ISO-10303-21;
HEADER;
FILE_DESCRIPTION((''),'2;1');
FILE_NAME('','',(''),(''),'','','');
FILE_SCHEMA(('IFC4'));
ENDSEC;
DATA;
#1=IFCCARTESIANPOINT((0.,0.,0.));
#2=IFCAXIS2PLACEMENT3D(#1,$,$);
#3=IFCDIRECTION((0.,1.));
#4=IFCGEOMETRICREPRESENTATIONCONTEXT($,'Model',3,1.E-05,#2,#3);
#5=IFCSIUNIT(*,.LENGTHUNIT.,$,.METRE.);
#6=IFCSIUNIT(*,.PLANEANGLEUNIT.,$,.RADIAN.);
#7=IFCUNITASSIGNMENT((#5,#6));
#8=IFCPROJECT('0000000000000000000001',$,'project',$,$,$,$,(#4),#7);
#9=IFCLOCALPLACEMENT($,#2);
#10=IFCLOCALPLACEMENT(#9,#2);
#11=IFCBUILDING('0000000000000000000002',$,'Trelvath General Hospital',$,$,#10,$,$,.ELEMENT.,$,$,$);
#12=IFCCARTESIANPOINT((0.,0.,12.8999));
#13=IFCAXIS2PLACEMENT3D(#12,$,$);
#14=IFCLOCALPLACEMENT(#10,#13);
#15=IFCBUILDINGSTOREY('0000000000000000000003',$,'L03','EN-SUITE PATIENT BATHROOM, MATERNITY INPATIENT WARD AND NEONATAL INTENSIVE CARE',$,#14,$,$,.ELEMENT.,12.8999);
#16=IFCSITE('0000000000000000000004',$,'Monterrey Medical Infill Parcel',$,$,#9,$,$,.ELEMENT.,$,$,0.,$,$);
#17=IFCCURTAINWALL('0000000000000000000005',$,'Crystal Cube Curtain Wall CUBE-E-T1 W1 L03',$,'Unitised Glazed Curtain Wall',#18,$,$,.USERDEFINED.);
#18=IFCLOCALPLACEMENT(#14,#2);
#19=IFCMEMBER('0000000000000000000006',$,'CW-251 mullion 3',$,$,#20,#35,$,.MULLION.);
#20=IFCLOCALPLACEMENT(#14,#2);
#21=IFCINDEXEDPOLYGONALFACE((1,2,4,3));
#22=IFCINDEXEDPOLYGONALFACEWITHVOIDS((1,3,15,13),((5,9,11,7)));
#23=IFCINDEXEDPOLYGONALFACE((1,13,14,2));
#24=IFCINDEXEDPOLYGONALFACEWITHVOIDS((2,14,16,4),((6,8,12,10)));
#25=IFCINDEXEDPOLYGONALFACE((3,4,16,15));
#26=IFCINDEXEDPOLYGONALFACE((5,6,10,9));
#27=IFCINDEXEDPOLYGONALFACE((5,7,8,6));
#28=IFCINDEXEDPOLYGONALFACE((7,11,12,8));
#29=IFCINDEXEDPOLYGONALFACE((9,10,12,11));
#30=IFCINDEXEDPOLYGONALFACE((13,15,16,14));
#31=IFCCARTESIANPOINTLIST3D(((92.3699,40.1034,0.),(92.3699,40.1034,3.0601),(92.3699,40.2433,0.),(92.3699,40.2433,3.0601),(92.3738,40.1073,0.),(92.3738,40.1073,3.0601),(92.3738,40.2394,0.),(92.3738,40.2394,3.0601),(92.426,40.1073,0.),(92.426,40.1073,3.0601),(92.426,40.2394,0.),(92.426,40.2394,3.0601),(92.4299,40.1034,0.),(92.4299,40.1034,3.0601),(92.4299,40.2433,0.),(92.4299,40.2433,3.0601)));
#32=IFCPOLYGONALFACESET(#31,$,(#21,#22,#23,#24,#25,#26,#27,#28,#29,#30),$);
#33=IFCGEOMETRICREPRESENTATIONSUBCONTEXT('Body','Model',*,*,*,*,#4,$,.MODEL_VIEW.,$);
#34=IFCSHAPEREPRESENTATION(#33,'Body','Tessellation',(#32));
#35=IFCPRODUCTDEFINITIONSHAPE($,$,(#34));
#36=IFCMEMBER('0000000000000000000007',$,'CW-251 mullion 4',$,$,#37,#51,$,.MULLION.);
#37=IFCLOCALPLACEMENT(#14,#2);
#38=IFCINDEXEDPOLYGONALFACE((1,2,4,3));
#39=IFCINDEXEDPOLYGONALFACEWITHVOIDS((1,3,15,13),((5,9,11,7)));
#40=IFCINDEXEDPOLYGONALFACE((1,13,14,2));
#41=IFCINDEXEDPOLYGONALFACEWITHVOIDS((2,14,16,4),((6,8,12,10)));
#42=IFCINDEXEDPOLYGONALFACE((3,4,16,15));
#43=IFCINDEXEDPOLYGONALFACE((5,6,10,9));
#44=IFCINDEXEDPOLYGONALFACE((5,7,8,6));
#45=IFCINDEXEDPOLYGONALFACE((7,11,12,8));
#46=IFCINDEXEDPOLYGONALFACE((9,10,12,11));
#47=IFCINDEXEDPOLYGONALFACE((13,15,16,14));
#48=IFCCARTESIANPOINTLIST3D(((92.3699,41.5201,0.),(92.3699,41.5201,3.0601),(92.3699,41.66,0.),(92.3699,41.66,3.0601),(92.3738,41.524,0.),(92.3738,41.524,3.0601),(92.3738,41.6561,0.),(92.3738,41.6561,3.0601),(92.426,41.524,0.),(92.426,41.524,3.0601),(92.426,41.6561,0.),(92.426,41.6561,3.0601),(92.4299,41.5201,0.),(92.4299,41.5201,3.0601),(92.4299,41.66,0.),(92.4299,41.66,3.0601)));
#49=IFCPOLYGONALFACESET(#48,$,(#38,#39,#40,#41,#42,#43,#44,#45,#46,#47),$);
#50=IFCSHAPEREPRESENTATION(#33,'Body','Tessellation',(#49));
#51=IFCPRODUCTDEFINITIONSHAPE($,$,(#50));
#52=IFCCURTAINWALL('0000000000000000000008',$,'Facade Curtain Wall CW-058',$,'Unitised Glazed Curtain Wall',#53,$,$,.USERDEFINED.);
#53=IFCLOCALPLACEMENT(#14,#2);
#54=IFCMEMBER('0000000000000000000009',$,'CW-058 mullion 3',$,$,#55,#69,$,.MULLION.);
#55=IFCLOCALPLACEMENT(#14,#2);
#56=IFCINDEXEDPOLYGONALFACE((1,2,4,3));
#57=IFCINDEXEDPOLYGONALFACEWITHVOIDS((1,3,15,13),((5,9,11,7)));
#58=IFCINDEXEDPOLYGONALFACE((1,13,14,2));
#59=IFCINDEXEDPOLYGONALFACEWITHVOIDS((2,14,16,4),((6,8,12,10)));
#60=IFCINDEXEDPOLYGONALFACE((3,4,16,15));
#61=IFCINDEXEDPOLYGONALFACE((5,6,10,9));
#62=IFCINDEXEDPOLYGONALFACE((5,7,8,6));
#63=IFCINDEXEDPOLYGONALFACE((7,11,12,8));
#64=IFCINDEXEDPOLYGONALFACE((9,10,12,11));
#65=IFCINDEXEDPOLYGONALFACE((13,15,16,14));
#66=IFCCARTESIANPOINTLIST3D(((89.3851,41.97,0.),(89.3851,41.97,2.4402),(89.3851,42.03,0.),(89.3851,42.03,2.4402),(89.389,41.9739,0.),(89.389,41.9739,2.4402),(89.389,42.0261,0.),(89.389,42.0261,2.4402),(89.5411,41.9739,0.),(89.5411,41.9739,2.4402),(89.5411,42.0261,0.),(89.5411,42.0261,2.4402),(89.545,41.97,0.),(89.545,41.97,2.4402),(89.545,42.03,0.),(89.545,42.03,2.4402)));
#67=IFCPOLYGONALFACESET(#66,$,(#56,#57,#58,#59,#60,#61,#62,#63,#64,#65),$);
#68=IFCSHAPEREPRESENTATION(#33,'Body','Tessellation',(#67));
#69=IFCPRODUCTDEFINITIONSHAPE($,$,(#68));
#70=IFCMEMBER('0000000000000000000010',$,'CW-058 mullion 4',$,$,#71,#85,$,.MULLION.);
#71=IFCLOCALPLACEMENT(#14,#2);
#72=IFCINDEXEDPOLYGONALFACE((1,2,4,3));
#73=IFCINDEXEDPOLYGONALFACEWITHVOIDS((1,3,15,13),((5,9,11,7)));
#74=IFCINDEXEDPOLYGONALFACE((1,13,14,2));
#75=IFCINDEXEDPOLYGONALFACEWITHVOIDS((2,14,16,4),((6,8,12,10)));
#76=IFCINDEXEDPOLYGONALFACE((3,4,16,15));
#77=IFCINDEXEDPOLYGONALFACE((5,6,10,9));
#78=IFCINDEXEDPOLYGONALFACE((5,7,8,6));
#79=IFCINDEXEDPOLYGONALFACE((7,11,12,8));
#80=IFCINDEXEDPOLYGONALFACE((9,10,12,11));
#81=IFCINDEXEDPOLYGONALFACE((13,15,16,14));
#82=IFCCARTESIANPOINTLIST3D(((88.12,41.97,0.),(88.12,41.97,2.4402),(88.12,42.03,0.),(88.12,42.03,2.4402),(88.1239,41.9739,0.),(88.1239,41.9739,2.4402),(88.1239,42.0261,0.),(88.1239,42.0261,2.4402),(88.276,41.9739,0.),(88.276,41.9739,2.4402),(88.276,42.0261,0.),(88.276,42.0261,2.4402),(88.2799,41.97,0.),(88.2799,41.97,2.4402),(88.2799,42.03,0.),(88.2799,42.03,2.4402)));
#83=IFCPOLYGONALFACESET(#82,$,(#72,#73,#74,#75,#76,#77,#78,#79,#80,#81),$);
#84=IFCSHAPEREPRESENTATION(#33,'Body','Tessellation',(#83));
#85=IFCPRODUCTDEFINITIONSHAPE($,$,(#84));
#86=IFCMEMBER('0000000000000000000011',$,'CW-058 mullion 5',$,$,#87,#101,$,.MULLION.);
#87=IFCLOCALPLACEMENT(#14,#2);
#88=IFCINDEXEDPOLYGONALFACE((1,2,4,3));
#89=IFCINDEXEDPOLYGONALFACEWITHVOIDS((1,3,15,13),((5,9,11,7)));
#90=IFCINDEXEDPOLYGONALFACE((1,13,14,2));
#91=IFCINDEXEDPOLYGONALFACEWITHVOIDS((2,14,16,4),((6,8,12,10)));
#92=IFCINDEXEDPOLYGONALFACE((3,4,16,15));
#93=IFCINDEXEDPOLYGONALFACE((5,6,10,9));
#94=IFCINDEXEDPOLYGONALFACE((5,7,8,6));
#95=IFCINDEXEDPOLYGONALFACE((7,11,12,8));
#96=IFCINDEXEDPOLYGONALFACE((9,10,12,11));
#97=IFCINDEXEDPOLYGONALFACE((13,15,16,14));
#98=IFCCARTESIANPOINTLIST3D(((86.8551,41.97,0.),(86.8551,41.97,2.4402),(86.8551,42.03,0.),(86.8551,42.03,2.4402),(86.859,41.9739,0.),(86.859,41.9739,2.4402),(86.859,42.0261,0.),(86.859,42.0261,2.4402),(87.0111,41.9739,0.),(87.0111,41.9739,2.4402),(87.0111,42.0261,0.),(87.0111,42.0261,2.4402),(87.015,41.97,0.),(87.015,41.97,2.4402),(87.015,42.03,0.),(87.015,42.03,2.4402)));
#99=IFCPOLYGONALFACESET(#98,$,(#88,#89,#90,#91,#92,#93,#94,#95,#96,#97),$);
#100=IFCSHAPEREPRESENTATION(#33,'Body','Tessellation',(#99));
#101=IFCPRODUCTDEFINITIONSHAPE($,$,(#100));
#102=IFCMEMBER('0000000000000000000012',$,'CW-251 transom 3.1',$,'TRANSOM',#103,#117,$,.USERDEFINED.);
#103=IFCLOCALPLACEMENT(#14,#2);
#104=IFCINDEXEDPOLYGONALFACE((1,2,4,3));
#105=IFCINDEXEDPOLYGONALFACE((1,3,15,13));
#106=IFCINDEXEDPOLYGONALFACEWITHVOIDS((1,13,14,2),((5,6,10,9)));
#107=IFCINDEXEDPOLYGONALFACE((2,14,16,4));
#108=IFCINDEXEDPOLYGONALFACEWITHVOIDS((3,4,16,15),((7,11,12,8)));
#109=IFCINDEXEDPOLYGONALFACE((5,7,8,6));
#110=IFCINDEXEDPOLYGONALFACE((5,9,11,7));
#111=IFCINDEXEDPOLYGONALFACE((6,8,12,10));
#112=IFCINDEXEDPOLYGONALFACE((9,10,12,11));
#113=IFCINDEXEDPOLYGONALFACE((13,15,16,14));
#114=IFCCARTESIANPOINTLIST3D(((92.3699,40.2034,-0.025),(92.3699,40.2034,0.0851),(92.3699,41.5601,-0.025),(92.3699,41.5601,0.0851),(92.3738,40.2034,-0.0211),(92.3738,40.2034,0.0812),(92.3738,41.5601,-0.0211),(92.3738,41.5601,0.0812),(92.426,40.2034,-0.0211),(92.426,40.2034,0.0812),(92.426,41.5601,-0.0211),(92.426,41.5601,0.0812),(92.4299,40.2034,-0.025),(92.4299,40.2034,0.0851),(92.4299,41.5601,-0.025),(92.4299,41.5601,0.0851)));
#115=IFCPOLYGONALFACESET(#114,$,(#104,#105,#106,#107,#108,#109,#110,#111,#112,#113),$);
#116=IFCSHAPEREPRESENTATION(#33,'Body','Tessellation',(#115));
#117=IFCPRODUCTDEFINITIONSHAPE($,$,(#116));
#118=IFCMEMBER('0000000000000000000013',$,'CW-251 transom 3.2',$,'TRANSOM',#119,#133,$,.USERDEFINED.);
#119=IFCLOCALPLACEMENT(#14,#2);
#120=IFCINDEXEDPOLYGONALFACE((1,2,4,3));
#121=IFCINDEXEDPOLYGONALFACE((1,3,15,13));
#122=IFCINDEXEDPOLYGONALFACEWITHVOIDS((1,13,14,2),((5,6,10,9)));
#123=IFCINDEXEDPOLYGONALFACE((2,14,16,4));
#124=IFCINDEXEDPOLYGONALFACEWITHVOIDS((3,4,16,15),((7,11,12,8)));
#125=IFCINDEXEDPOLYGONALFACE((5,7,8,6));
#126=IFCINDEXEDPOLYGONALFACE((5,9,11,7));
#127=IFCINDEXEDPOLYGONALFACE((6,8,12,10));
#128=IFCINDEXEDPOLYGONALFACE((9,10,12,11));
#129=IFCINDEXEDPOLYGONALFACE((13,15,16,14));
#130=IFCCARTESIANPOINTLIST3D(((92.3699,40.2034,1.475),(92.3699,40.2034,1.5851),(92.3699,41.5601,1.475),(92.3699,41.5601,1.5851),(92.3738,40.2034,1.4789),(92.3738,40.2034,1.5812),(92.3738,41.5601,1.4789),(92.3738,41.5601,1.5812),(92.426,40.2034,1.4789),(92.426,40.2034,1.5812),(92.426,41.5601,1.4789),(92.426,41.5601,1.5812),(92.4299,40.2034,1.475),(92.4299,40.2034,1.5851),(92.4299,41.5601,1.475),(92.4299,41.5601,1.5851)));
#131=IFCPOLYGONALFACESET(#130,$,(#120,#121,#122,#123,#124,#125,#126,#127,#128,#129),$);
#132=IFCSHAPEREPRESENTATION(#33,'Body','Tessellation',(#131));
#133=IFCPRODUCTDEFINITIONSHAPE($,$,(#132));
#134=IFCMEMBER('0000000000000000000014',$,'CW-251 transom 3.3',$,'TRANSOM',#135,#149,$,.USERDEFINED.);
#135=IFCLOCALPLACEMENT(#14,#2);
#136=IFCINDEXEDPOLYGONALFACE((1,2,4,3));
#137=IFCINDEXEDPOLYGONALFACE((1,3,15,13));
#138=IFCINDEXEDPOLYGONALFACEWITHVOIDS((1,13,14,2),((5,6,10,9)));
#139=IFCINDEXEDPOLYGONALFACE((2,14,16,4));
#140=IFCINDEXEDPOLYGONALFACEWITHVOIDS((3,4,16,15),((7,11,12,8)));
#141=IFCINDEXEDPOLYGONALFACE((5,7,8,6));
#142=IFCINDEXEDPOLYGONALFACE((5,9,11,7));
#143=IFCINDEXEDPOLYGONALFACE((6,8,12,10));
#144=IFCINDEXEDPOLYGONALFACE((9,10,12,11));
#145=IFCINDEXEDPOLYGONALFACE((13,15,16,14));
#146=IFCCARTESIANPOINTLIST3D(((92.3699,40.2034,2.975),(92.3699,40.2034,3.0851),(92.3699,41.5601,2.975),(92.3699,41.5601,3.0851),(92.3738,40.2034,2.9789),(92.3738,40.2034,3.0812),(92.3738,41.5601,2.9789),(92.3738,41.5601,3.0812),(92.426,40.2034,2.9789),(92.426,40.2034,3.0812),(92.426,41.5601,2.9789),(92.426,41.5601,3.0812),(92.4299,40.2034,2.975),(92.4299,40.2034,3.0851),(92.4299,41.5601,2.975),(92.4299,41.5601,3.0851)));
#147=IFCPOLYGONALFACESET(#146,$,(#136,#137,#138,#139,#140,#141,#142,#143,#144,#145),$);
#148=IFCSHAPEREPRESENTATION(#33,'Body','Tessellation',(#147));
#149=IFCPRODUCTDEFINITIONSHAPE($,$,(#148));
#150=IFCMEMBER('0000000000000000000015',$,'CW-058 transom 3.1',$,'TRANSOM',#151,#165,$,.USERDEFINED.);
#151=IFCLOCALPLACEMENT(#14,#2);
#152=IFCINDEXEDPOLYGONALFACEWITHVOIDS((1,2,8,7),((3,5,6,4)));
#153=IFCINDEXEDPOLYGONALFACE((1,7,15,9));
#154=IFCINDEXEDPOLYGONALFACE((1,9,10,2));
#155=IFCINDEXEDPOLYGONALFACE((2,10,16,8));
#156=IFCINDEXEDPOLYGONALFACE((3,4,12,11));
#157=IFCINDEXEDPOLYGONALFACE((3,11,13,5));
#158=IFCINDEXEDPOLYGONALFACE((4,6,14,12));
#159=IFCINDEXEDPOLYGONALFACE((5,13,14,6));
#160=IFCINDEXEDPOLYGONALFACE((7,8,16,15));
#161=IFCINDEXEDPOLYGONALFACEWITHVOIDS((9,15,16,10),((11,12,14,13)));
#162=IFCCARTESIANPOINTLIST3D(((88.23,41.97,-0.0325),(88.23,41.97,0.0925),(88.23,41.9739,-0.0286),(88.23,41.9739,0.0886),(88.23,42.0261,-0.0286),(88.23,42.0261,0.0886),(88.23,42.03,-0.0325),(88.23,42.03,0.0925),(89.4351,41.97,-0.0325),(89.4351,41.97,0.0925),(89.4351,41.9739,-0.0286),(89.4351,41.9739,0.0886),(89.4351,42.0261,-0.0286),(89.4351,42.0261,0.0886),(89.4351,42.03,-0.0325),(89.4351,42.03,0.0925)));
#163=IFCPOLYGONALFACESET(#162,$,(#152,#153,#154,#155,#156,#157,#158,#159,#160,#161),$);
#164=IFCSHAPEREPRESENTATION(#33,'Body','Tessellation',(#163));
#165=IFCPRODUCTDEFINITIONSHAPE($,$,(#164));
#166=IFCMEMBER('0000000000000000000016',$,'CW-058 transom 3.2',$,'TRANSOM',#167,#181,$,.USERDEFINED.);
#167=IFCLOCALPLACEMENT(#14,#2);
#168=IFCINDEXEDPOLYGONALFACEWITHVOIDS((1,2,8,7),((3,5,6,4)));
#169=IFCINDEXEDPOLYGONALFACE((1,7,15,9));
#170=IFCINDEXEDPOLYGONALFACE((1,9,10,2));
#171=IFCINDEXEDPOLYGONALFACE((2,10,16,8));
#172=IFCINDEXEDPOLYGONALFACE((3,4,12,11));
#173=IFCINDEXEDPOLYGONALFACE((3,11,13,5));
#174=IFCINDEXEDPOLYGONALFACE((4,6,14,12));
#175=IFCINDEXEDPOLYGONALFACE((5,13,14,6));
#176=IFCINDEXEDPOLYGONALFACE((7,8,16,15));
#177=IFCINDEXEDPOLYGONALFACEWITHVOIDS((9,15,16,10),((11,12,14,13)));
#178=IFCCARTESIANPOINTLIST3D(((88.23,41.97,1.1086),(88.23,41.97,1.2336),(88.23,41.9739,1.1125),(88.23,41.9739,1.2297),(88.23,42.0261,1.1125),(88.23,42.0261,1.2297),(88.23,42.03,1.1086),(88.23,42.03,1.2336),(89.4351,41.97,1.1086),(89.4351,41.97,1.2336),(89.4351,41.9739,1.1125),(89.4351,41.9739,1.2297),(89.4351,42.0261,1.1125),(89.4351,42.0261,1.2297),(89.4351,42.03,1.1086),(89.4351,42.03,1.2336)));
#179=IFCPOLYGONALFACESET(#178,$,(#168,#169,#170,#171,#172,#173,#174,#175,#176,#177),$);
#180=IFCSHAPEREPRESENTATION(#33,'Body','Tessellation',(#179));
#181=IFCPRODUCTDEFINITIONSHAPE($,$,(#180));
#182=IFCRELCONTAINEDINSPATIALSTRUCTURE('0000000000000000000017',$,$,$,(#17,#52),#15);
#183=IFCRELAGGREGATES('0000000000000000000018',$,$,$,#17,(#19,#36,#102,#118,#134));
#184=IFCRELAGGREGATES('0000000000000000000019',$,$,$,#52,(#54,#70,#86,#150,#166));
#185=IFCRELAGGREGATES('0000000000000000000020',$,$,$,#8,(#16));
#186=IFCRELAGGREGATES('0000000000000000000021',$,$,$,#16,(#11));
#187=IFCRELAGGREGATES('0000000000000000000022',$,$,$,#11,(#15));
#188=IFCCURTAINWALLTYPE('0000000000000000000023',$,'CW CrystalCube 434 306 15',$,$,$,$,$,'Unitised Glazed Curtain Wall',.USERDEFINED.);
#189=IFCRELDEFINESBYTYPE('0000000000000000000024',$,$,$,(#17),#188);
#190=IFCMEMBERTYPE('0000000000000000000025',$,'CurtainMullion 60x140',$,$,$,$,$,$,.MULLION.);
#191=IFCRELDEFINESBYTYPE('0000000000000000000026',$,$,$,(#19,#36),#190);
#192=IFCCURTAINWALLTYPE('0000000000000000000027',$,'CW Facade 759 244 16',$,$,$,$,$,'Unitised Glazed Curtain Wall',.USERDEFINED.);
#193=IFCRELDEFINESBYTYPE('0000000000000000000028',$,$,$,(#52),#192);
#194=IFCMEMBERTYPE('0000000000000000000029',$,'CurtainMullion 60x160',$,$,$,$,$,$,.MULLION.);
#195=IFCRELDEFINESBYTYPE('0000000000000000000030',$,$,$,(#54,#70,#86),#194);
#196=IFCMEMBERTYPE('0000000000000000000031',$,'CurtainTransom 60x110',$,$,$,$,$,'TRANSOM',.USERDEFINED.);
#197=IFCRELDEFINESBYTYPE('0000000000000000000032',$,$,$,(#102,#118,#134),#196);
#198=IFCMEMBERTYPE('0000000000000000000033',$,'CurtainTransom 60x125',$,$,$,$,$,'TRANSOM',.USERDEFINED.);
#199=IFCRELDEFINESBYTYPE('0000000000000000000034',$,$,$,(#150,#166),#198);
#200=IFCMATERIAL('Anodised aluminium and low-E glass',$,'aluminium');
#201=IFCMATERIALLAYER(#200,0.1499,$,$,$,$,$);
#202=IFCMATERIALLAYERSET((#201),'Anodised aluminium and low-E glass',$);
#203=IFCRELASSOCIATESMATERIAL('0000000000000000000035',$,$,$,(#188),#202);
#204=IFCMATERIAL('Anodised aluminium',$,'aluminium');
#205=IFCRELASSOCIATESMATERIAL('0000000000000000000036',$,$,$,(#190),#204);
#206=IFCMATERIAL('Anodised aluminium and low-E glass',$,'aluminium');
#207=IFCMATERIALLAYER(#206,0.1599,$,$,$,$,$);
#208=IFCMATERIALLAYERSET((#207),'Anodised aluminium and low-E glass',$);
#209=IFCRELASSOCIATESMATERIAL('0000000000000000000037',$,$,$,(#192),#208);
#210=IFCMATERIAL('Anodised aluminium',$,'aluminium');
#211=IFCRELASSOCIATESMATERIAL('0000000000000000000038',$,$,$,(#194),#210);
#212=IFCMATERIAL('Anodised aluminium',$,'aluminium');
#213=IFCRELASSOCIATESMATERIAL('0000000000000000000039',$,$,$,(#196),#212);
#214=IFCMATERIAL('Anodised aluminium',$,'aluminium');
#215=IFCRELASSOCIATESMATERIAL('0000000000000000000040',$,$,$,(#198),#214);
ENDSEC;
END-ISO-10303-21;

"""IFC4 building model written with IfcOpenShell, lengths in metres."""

from ifc_helpers import new_model, si_unit, direction, frame, origin, origin_2d, place, context, subcontext, project, spatial, hollow_rectangle, extrude, material, layer, layer_set, material_profile, profile_set, type_object, element, aggregate, save


model = new_model("IFC4")

# Units and contexts
model_context = context("Model", 3, precision=1e-05, world=origin(), true_north=direction((0.0, 1.0)))
body_context = subcontext(model_context, "Body", "Model", "MODEL_VIEW")
ifc_project = project(units=[si_unit("LENGTHUNIT", "METRE"), si_unit("PLANEANGLEUNIT", "RADIAN")], contexts=[model_context])

# Site, building, storey
site_placement = place(None, origin())
site = spatial("IfcSite", under=ifc_project, at=site_placement, Name="Monterrey Medical Infill Parcel", CompositionType="ELEMENT", RefElevation=0.0)
building_placement = place(site_placement, origin())
building = spatial("IfcBuilding", under=site, at=building_placement, Name="Trelvath General Hospital", CompositionType="ELEMENT")
storey_placement = place(building_placement, frame((0.0, 0.0, 12.8999)))
storey = spatial("IfcBuildingStorey", under=building, at=storey_placement, Name="L03", Description="EN-SUITE PATIENT BATHROOM, MATERNITY INPATIENT WARD AND NEONATAL INTENSIVE CARE", CompositionType="ELEMENT", Elevation=12.8999)

# Curtain walls, members
ifc_material_1 = material(Name="Anodised aluminium and low-E glass", Category="aluminium")
ifc_layer_1 = layer(ifc_material_1, 0.1499)
ifc_layer_set_1 = layer_set([ifc_layer_1], Name="Anodised aluminium and low-E glass")
curtain_wall_type_1 = type_object("IfcCurtainWallType", Name="CW CrystalCube 434 306 15", ElementType="Unitised Glazed Curtain Wall", PredefinedType="USERDEFINED", material=ifc_layer_set_1)
curtain_wall_1_placement = place(storey_placement, origin())
curtain_wall_1 = element("IfcCurtainWall", 1, at=curtain_wall_1_placement, inside=storey, type_object=curtain_wall_type_1, Name="Crystal Cube Curtain Wall CUBE-E-T1 W1 L03", ObjectType="Unitised Glazed Curtain Wall", PredefinedType="USERDEFINED")
ifc_material_2 = material(Name="Anodised aluminium", Category="aluminium")
ifc_material_profile_1 = material_profile(ifc_material_2, hollow_rectangle(XDim=0.0601, YDim=0.1399, WallThickness=0.0039, at=origin_2d()), Name="RHS60x140x4")
ifc_profile_set_1 = profile_set([ifc_material_profile_1], Name="Anodised aluminium")
member_type_1 = type_object("IfcMemberType", Name="CurtainMullion 60x140", PredefinedType="MULLION", material=ifc_profile_set_1)
member_1_placement = place(storey_placement, frame((92.3999, 40.1733, 0.0), z_axis=(0.0, 0.0, 1.0), x_axis=(-1.0, 0.0, 0.0)))
member_1 = element("IfcMember", 2, at=member_1_placement, type_object=member_type_1, Name="CW-251 mullion 3", PredefinedType="MULLION", context=body_context, shape_type="SweptSolid", body=[
    extrude(hollow_rectangle(XDim=0.0601, YDim=0.1399, WallThickness=0.0039, at=origin_2d()), origin(), (0.0, 0.0, 1.0), 3.0601),
])
member_2_placement = place(storey_placement, frame((92.3999, 41.5901, 0.0), z_axis=(0.0, 0.0, 1.0), x_axis=(-1.0, 0.0, 0.0)))
member_2 = element("IfcMember", 3, at=member_2_placement, type_object=member_type_1, Name="CW-251 mullion 4", PredefinedType="MULLION", context=body_context, shape_type="SweptSolid", body=[
    extrude(hollow_rectangle(XDim=0.0601, YDim=0.1399, WallThickness=0.0039, at=origin_2d()), origin(), (0.0, 0.0, 1.0), 3.0601),
])
ifc_material_3 = material(Name="Anodised aluminium and low-E glass", Category="aluminium")
ifc_layer_2 = layer(ifc_material_3, 0.1599)
ifc_layer_set_2 = layer_set([ifc_layer_2], Name="Anodised aluminium and low-E glass")
curtain_wall_type_2 = type_object("IfcCurtainWallType", Name="CW Facade 759 244 16", ElementType="Unitised Glazed Curtain Wall", PredefinedType="USERDEFINED", material=ifc_layer_set_2)
curtain_wall_2_placement = place(storey_placement, origin())
curtain_wall_2 = element("IfcCurtainWall", 4, at=curtain_wall_2_placement, inside=storey, type_object=curtain_wall_type_2, Name="Facade Curtain Wall CW-058", ObjectType="Unitised Glazed Curtain Wall", PredefinedType="USERDEFINED")
ifc_material_4 = material(Name="Anodised aluminium", Category="aluminium")
ifc_material_profile_2 = material_profile(ifc_material_4, hollow_rectangle(XDim=0.0601, YDim=0.1599, WallThickness=0.0039, at=origin_2d()), Name="RHS60x160x4")
ifc_profile_set_2 = profile_set([ifc_material_profile_2], Name="Anodised aluminium")
member_type_2 = type_object("IfcMemberType", Name="CurtainMullion 60x160", PredefinedType="MULLION", material=ifc_profile_set_2)
member_3_placement = place(storey_placement, frame((89.4651, 42.0, 0.0), z_axis=(0.0, 0.0, 1.0), x_axis=(0.0, -1.0, 0.0)))
member_3 = element("IfcMember", 5, at=member_3_placement, type_object=member_type_2, Name="CW-058 mullion 3", PredefinedType="MULLION", context=body_context, shape_type="SweptSolid", body=[
    extrude(hollow_rectangle(XDim=0.0601, YDim=0.1599, WallThickness=0.0039, at=origin_2d()), origin(), (0.0, 0.0, 1.0), 2.4402),
])
member_4_placement = place(storey_placement, frame((88.2, 42.0, 0.0), z_axis=(0.0, 0.0, 1.0), x_axis=(0.0, -1.0, 0.0)))
member_4 = element("IfcMember", 6, at=member_4_placement, type_object=member_type_2, Name="CW-058 mullion 4", PredefinedType="MULLION", context=body_context, shape_type="SweptSolid", body=[
    extrude(hollow_rectangle(XDim=0.0601, YDim=0.1599, WallThickness=0.0039, at=origin_2d()), origin(), (0.0, 0.0, 1.0), 2.4402),
])
member_5_placement = place(storey_placement, frame((86.9351, 42.0, 0.0), z_axis=(0.0, 0.0, 1.0), x_axis=(0.0, -1.0, 0.0)))
member_5 = element("IfcMember", 7, at=member_5_placement, type_object=member_type_2, Name="CW-058 mullion 5", PredefinedType="MULLION", context=body_context, shape_type="SweptSolid", body=[
    extrude(hollow_rectangle(XDim=0.0601, YDim=0.1599, WallThickness=0.0039, at=origin_2d()), origin(), (0.0, 0.0, 1.0), 2.4402),
])

# Members
ifc_material_5 = material(Name="Anodised aluminium", Category="aluminium")
ifc_material_profile_3 = material_profile(ifc_material_5, hollow_rectangle(XDim=0.0601, YDim=0.1101, WallThickness=0.0039, at=origin_2d()), Name="RHS60x110x4")
ifc_profile_set_3 = profile_set([ifc_material_profile_3], Name="Anodised aluminium")
member_type_3 = type_object("IfcMemberType", Name="CurtainTransom 60x110", ElementType="TRANSOM", PredefinedType="USERDEFINED", material=ifc_profile_set_3)
member_6_placement = place(storey_placement, frame((92.3999, 40.2034, 0.03), z_axis=(0.0, 1.0, 0.0), x_axis=(-1.0, 0.0, 0.0)))
member_6 = element("IfcMember", 8, at=member_6_placement, type_object=member_type_3, Name="CW-251 transom 3.1", ObjectType="TRANSOM", PredefinedType="USERDEFINED", context=body_context, shape_type="SweptSolid", body=[
    extrude(hollow_rectangle(XDim=0.0601, YDim=0.1101, WallThickness=0.0039, at=origin_2d()), origin(), (0.0, 0.0, 1.0), 1.3567),
])
member_7_placement = place(storey_placement, frame((92.3999, 40.2034, 1.53), z_axis=(0.0, 1.0, 0.0), x_axis=(-1.0, 0.0, 0.0)))
member_7 = element("IfcMember", 9, at=member_7_placement, type_object=member_type_3, Name="CW-251 transom 3.2", ObjectType="TRANSOM", PredefinedType="USERDEFINED", context=body_context, shape_type="SweptSolid", body=[
    extrude(hollow_rectangle(XDim=0.0601, YDim=0.1101, WallThickness=0.0039, at=origin_2d()), origin(), (0.0, 0.0, 1.0), 1.3567),
])
member_8_placement = place(storey_placement, frame((92.3999, 40.2034, 3.03), z_axis=(0.0, 1.0, 0.0), x_axis=(-1.0, 0.0, 0.0)))
member_8 = element("IfcMember", 10, at=member_8_placement, type_object=member_type_3, Name="CW-251 transom 3.3", ObjectType="TRANSOM", PredefinedType="USERDEFINED", context=body_context, shape_type="SweptSolid", body=[
    extrude(hollow_rectangle(XDim=0.0601, YDim=0.1101, WallThickness=0.0039, at=origin_2d()), origin(), (0.0, 0.0, 1.0), 1.3567),
])
ifc_material_6 = material(Name="Anodised aluminium", Category="aluminium")
ifc_material_profile_4 = material_profile(ifc_material_6, hollow_rectangle(XDim=0.0601, YDim=0.125, WallThickness=0.0039, at=origin_2d()), Name="RHS60x125x4")
ifc_profile_set_4 = profile_set([ifc_material_profile_4], Name="Anodised aluminium")
member_type_4 = type_object("IfcMemberType", Name="CurtainTransom 60x125", ElementType="TRANSOM", PredefinedType="USERDEFINED", material=ifc_profile_set_4)
member_9_placement = place(storey_placement, frame((89.4351, 42.0, 0.03), z_axis=(-1.0, 0.0, 0.0), x_axis=(0.0, -1.0, 0.0)))
member_9 = element("IfcMember", 11, at=member_9_placement, type_object=member_type_4, Name="CW-058 transom 3.1", ObjectType="TRANSOM", PredefinedType="USERDEFINED", context=body_context, shape_type="SweptSolid", body=[
    extrude(hollow_rectangle(XDim=0.0601, YDim=0.125, WallThickness=0.0039, at=origin_2d()), origin(), (0.0, 0.0, 1.0), 1.2051),
])
member_10_placement = place(storey_placement, frame((89.4351, 42.0, 1.1711), z_axis=(-1.0, 0.0, 0.0), x_axis=(0.0, -1.0, 0.0)))
member_10 = element("IfcMember", 12, at=member_10_placement, type_object=member_type_4, Name="CW-058 transom 3.2", ObjectType="TRANSOM", PredefinedType="USERDEFINED", context=body_context, shape_type="SweptSolid", body=[
    extrude(hollow_rectangle(XDim=0.0601, YDim=0.125, WallThickness=0.0039, at=origin_2d()), origin(), (0.0, 0.0, 1.0), 1.2051),
])

aggregate(curtain_wall_1, [member_1, member_2, member_6, member_7, member_8])
aggregate(curtain_wall_2, [member_3, member_4, member_5, member_9, member_10])

save(model, "model.ifc")
